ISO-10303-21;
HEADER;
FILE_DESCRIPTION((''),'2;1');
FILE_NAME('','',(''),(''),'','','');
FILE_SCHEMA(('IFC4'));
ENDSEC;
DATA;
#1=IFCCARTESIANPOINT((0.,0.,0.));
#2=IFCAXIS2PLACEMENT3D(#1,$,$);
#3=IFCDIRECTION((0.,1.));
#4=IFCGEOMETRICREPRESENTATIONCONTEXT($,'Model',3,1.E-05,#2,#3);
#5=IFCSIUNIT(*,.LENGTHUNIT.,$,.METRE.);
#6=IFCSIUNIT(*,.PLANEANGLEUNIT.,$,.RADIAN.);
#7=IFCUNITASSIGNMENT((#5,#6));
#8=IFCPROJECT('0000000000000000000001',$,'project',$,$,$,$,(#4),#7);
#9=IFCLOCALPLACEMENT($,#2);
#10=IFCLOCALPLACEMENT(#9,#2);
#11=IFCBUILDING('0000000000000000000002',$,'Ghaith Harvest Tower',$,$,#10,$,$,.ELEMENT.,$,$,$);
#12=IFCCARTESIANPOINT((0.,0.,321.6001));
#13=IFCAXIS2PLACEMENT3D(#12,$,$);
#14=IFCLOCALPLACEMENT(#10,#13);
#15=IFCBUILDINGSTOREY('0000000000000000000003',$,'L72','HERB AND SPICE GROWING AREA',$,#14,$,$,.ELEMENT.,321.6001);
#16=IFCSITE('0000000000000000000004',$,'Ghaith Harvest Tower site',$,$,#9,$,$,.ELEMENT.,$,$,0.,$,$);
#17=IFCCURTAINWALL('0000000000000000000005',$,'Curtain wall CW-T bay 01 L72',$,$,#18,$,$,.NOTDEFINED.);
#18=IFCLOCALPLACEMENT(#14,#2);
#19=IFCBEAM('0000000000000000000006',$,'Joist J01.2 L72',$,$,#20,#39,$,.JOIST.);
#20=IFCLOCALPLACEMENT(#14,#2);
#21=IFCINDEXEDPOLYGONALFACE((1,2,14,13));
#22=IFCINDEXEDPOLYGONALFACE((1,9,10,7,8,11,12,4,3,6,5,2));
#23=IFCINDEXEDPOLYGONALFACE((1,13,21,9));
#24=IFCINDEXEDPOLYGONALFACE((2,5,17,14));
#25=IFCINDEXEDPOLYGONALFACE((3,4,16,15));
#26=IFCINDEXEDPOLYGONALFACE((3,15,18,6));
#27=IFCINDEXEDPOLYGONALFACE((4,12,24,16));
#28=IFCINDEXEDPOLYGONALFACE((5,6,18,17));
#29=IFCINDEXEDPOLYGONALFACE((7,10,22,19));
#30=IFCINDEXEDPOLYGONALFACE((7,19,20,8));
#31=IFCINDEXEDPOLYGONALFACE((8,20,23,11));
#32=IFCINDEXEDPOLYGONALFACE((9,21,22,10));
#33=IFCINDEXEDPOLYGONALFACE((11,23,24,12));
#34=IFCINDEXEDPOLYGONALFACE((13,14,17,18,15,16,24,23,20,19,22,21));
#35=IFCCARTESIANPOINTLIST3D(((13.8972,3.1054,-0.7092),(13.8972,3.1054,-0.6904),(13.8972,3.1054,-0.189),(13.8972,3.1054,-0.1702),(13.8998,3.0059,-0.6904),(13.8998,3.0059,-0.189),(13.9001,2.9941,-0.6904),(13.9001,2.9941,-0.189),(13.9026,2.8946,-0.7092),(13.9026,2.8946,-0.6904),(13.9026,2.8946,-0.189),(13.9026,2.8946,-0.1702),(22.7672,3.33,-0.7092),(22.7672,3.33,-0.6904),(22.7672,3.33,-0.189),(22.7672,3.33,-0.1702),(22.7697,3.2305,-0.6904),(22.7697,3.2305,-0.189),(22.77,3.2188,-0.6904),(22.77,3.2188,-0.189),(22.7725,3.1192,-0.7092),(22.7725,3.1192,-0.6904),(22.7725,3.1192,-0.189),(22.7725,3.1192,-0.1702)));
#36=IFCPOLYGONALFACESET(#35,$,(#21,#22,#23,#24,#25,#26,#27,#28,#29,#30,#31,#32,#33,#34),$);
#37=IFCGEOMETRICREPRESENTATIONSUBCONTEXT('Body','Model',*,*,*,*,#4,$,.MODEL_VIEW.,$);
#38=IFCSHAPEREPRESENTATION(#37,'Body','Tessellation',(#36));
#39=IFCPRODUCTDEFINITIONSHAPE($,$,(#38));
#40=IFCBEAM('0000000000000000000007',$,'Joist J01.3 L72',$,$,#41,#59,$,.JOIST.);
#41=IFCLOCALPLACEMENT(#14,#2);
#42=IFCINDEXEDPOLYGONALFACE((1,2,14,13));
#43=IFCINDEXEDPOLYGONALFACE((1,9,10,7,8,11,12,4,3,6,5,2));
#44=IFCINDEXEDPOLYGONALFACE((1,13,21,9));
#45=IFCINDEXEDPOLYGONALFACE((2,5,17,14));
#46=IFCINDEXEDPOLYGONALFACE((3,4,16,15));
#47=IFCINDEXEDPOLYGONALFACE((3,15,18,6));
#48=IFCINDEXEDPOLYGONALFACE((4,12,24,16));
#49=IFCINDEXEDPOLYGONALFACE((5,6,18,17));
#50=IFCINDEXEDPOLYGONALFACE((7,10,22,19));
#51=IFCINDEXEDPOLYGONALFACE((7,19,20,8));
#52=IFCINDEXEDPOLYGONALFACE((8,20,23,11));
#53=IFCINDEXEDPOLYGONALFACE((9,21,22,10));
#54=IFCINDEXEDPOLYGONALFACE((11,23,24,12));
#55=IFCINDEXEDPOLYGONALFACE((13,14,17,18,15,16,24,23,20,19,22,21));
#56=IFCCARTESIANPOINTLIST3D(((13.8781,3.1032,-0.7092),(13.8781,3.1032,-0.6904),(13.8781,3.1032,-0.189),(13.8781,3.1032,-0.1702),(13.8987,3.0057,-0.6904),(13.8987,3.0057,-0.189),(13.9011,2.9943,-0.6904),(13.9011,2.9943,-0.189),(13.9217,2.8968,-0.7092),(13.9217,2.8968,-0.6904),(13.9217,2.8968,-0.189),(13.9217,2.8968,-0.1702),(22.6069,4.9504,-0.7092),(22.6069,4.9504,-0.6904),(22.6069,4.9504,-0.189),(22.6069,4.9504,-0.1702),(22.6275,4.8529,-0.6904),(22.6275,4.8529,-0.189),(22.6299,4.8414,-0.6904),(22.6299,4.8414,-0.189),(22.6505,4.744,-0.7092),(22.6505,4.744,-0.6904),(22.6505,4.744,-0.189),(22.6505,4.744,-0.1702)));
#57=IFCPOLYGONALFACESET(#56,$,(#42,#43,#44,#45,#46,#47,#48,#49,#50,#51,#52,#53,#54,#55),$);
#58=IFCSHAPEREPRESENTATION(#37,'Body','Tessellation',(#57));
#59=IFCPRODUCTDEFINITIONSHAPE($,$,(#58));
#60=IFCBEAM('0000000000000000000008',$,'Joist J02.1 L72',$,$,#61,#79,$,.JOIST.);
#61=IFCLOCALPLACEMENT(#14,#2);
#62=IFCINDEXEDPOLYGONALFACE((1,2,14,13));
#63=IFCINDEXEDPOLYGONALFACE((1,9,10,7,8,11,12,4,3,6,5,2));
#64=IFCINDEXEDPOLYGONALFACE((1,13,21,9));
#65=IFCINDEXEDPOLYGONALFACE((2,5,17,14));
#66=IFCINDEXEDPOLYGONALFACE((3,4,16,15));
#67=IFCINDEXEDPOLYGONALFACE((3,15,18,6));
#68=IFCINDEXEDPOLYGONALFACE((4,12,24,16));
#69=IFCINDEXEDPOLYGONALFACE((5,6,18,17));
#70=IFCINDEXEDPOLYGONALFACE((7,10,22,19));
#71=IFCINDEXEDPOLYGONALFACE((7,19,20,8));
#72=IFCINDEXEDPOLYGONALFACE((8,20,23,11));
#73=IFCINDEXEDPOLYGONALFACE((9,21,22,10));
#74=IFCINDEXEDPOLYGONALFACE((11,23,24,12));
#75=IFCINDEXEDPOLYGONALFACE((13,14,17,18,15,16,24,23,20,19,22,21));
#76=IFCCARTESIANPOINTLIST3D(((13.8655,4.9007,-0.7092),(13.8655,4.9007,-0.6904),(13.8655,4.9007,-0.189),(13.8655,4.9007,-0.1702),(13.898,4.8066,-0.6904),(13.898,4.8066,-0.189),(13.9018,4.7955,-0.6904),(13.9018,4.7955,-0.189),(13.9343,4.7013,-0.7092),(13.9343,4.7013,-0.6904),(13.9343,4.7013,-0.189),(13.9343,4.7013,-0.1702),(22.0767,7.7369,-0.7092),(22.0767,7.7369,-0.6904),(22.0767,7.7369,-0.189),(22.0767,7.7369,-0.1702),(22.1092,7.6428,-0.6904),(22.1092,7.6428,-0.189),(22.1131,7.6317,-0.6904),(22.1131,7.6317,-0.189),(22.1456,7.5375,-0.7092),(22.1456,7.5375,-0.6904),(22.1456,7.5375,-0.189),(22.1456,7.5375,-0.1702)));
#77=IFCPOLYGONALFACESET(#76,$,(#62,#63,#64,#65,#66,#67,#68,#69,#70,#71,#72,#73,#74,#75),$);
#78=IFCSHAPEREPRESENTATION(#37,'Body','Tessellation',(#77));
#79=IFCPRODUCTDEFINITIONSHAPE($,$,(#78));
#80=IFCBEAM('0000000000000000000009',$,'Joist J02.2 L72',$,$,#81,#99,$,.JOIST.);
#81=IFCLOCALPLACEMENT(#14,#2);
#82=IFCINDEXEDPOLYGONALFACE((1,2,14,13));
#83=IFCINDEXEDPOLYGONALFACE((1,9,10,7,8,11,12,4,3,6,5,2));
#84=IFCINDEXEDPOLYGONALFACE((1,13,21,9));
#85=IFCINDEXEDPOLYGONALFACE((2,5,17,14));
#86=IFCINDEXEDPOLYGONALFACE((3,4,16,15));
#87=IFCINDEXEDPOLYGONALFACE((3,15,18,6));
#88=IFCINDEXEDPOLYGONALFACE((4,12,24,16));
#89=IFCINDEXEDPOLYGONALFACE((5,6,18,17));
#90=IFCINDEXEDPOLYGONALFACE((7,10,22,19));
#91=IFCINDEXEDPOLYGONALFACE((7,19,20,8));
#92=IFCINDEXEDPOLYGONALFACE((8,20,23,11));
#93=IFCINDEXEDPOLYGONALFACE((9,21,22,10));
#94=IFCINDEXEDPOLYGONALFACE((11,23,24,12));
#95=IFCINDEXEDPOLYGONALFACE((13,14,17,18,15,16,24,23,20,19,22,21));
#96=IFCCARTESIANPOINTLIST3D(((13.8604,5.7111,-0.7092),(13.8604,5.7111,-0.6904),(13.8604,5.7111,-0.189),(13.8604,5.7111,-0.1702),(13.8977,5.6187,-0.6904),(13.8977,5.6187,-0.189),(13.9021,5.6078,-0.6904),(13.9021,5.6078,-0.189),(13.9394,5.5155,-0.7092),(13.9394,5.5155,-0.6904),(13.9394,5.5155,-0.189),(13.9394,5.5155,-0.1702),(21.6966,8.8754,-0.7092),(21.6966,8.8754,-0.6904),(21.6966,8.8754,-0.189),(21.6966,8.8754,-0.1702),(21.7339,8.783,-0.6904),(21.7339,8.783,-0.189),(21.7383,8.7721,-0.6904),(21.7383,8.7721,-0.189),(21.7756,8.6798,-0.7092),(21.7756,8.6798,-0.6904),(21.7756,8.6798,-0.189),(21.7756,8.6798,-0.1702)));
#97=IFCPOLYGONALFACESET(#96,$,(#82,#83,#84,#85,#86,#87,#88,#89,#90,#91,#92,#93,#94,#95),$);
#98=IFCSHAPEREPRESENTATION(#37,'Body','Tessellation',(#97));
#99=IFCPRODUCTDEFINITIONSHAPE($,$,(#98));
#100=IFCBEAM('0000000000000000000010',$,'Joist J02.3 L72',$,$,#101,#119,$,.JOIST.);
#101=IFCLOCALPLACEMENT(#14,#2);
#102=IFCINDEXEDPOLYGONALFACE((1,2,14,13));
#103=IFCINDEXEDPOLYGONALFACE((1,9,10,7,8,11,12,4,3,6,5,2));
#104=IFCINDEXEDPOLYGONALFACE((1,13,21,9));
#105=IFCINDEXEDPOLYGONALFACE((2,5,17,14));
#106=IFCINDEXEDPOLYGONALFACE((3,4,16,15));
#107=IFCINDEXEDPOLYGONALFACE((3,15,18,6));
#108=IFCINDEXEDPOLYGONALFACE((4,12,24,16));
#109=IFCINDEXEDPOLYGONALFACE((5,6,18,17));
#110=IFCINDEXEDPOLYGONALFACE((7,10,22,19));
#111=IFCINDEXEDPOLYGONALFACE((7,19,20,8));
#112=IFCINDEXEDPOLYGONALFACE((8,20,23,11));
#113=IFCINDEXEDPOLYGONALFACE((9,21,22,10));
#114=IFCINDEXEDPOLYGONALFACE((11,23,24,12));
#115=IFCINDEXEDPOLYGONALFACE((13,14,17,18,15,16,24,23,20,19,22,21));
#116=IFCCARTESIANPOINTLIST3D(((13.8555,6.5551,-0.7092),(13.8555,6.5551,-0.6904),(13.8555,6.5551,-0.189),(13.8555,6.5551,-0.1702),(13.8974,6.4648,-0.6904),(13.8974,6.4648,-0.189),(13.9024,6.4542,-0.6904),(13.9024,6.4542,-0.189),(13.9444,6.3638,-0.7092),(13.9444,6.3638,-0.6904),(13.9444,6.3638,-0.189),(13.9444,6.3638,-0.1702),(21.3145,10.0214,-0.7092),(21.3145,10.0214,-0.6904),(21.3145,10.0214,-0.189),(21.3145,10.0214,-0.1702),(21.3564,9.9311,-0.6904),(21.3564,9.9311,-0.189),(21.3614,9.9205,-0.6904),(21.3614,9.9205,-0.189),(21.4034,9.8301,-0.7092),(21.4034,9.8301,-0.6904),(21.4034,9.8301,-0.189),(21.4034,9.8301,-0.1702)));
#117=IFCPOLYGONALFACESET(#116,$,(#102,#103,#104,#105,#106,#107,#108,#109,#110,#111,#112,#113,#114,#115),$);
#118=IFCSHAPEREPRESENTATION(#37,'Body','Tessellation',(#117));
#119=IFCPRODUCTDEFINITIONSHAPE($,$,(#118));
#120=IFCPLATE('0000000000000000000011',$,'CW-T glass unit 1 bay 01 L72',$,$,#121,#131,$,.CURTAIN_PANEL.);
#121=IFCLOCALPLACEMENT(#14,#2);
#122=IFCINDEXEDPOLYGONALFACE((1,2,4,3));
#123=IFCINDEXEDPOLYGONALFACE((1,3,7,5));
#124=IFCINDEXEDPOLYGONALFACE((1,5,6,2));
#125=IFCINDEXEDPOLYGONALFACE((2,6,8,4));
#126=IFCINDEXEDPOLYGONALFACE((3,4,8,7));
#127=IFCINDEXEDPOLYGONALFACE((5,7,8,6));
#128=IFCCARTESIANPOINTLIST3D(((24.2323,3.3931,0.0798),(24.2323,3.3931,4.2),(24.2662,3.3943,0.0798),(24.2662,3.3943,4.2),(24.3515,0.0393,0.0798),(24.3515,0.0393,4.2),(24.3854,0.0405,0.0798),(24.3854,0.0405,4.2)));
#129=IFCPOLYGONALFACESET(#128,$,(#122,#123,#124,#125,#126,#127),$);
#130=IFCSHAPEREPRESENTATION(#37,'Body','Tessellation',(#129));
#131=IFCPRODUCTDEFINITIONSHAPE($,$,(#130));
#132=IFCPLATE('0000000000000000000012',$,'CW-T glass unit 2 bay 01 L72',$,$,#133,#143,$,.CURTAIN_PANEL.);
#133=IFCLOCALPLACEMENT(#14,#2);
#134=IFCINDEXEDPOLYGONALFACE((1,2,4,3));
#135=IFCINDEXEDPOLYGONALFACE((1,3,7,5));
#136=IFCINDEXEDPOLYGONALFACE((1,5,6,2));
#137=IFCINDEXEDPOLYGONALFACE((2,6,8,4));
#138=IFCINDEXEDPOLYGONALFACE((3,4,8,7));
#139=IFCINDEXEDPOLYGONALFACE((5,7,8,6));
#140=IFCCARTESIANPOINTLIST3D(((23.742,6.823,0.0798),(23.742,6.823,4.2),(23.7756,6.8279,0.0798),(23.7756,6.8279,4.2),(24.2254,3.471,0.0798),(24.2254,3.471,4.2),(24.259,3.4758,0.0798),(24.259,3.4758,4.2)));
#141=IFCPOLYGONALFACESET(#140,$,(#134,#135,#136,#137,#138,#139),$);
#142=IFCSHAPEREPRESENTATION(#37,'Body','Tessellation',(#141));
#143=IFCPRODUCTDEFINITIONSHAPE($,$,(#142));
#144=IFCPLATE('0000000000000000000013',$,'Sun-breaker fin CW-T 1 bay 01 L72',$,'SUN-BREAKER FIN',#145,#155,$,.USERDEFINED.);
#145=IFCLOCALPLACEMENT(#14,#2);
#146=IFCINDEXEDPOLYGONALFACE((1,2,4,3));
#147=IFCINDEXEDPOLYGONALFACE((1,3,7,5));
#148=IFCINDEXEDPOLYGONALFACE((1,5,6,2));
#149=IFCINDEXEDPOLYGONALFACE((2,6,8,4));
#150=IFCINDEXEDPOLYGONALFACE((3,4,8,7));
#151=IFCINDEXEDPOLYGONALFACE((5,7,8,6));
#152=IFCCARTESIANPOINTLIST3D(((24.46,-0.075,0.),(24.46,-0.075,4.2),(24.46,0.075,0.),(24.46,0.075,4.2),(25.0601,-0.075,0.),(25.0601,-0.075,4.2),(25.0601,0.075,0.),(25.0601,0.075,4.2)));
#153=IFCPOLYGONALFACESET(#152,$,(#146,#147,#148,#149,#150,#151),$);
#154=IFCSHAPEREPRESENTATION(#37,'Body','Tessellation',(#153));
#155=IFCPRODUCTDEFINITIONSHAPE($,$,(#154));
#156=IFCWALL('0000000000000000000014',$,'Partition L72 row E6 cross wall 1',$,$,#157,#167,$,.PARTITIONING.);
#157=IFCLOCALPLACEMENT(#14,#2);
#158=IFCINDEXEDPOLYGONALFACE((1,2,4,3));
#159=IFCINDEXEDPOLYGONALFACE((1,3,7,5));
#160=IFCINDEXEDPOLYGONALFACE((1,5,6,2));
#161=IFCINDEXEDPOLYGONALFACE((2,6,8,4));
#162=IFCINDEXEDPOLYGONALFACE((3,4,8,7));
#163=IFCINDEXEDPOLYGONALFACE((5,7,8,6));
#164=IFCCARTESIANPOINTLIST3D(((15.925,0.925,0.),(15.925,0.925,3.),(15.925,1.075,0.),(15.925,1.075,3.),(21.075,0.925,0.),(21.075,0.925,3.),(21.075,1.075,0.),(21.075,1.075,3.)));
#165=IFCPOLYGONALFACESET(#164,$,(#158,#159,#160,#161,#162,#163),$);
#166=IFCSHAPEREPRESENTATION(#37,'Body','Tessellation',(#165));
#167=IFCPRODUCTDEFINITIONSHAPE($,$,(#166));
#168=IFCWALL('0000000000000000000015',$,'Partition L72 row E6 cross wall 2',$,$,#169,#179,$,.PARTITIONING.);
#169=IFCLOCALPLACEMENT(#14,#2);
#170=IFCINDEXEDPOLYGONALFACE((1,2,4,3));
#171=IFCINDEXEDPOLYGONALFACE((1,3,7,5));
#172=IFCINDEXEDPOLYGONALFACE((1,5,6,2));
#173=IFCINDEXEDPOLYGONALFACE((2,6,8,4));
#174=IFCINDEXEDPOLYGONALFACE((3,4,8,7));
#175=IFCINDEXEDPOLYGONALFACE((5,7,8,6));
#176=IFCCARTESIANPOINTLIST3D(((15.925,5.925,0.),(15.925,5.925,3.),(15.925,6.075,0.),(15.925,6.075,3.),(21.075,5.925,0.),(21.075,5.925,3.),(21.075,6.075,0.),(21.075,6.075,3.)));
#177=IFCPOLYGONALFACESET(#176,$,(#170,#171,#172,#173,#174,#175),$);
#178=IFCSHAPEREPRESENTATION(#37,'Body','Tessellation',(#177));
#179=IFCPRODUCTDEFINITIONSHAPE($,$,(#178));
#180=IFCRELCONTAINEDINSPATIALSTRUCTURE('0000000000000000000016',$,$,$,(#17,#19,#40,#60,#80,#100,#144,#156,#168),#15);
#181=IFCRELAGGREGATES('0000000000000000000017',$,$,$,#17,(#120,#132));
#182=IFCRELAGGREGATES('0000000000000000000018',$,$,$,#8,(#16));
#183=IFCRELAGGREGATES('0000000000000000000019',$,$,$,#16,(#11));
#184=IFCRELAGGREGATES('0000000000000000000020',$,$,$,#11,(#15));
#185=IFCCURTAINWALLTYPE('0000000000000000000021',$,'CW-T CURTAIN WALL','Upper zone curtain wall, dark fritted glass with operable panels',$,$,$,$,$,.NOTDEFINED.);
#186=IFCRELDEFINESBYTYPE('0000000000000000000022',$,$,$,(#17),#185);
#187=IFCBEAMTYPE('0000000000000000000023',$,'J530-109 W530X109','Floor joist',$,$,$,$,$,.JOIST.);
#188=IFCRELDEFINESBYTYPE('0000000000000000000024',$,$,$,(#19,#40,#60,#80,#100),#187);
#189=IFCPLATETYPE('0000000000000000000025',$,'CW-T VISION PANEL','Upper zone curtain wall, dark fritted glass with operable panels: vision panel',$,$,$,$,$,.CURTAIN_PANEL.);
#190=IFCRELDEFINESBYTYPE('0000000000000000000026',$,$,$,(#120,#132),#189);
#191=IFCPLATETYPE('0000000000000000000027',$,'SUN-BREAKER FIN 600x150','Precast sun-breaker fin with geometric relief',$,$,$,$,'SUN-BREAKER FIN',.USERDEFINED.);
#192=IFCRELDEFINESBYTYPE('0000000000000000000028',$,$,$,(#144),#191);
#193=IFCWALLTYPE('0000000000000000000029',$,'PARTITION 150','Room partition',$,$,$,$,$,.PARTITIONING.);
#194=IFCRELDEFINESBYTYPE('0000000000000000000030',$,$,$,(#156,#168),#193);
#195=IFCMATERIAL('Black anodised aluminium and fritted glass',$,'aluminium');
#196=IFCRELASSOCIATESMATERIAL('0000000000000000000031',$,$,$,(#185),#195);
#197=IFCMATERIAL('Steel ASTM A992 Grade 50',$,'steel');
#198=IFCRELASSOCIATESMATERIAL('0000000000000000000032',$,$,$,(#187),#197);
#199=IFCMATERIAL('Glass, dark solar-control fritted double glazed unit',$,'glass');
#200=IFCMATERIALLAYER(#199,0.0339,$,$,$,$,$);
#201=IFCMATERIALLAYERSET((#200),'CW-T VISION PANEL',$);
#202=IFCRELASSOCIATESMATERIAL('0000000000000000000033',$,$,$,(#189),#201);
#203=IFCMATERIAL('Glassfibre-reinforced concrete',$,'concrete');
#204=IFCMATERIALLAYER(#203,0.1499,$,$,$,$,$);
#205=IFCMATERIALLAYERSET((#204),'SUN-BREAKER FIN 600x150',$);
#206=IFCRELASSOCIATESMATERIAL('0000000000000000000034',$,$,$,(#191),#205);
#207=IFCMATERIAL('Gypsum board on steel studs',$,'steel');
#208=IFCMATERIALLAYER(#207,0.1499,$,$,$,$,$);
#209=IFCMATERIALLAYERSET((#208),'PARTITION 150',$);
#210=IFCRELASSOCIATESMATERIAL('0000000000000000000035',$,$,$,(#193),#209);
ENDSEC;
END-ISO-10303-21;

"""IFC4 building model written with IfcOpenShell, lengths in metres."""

from ifc_helpers import new_model, si_unit, direction, frame, frame_2d, origin, origin_2d, place, context, subcontext, project, spatial, rectangle, i_section, extrude, material, layer, layer_set, material_profile, profile_set, type_object, element, aggregate, save


model = new_model("IFC4")

# Units and contexts
model_context = context("Model", 3, precision=1e-05, world=origin(), true_north=direction((0.0, 1.0)))
body_context = subcontext(model_context, "Body", "Model", "MODEL_VIEW")
ifc_project = project(units=[si_unit("LENGTHUNIT", "METRE"), si_unit("PLANEANGLEUNIT", "RADIAN")], contexts=[model_context])

# Site, building, storey
site_placement = place(None, origin())
site = spatial("IfcSite", under=ifc_project, at=site_placement, Name="Ghaith Harvest Tower site", CompositionType="ELEMENT", RefElevation=0.0)
building_placement = place(site_placement, origin())
building = spatial("IfcBuilding", under=site, at=building_placement, Name="Ghaith Harvest Tower", CompositionType="ELEMENT")
storey_placement = place(building_placement, frame((0.0, 0.0, 321.6001)))
storey = spatial("IfcBuildingStorey", under=building, at=storey_placement, Name="L72", Description="HERB AND SPICE GROWING AREA", CompositionType="ELEMENT", Elevation=321.6001)

# Curtain wall
ifc_material_1 = material(Name="Black anodised aluminium and fritted glass", Category="aluminium")
curtain_wall_type = type_object("IfcCurtainWallType", Name="CW-T CURTAIN WALL", Description="Upper zone curtain wall, dark fritted glass with operable panels", PredefinedType="NOTDEFINED", material=ifc_material_1)
curtain_wall_1_placement = place(storey_placement, origin())
curtain_wall_1 = element("IfcCurtainWall", 1, at=curtain_wall_1_placement, inside=storey, type_object=curtain_wall_type, Name="Curtain wall CW-T bay 01 L72", PredefinedType="NOTDEFINED")

# Beams
ifc_material_2 = material(Name="Steel ASTM A992 Grade 50", Category="steel")
ifc_material_profile_1 = material_profile(ifc_material_2, i_section(OverallWidth=0.2109, OverallDepth=0.5391, WebThickness=0.0117, FlangeThickness=0.0188, at=origin_2d()), Name="W530X109")
ifc_profile_set_1 = profile_set([ifc_material_profile_1], Name="Steel ASTM A992 Grade 50")
beam_type_1 = type_object("IfcBeamType", Name="J530-109 W530X109", Description="Floor joist", PredefinedType="JOIST", material=ifc_profile_set_1)
beam_1_placement = place(storey_placement, frame((13.8999, 3.0, -0.4397), z_axis=(0.99968, 0.025315, 0.0), x_axis=(-0.025315, 0.99968, 0.0)))
element("IfcBeam", 2, at=beam_1_placement, inside=storey, type_object=beam_type_1, Name="Joist J01.2 L72", PredefinedType="JOIST", context=body_context, shape_type="SweptSolid", body=[
    extrude(i_section(OverallWidth=0.2109, OverallDepth=0.5391, WebThickness=0.0117, FlangeThickness=0.0188, at=origin_2d()), origin(), (0.0, 0.0, 1.0), 8.8728),
])
beam_2_placement = place(storey_placement, frame((13.8999, 3.0, -0.4397), z_axis=(0.978334, 0.207034, 0.0), x_axis=(-0.207034, 0.978334, 0.0)))
element("IfcBeam", 3, at=beam_2_placement, inside=storey, type_object=beam_type_1, Name="Joist J01.3 L72", PredefinedType="JOIST", context=body_context, shape_type="SweptSolid", body=[
    extrude(i_section(OverallWidth=0.2109, OverallDepth=0.5391, WebThickness=0.0117, FlangeThickness=0.0188, at=origin_2d()), origin(), (0.0, 0.0, 1.0), 8.9221),
])
beam_3_placement = place(storey_placement, frame((13.8999, 4.801, -0.4397), z_axis=(0.945205, 0.326478, 0.0), x_axis=(-0.326478, 0.945205, 0.0)))
element("IfcBeam", 4, at=beam_3_placement, inside=storey, type_object=beam_type_1, Name="Joist J02.1 L72", PredefinedType="JOIST", context=body_context, shape_type="SweptSolid", body=[
    extrude(i_section(OverallWidth=0.2109, OverallDepth=0.5391, WebThickness=0.0117, FlangeThickness=0.0188, at=origin_2d()), origin(), (0.0, 0.0, 1.0), 8.6873),
])
beam_4_placement = place(storey_placement, frame((13.8999, 5.6133, -0.4397), z_axis=(0.927254, 0.374432, 0.0), x_axis=(-0.374432, 0.927254, 0.0)))
element("IfcBeam", 5, at=beam_4_placement, inside=storey, type_object=beam_type_1, Name="Joist J02.2 L72", PredefinedType="JOIST", context=body_context, shape_type="SweptSolid", body=[
    extrude(i_section(OverallWidth=0.2109, OverallDepth=0.5391, WebThickness=0.0117, FlangeThickness=0.0188, at=origin_2d()), origin(), (0.0, 0.0, 1.0), 8.4509),
])
beam_5_placement = place(storey_placement, frame((13.8999, 6.4595, -0.4397), z_axis=(0.90686, 0.421432, 0.0), x_axis=(-0.421432, 0.90686, 0.0)))
element("IfcBeam", 6, at=beam_5_placement, inside=storey, type_object=beam_type_1, Name="Joist J02.3 L72", PredefinedType="JOIST", context=body_context, shape_type="SweptSolid", body=[
    extrude(i_section(OverallWidth=0.2109, OverallDepth=0.5391, WebThickness=0.0117, FlangeThickness=0.0188, at=origin_2d()), origin(), (0.0, 0.0, 1.0), 8.2251),
])

# Plates
ifc_material_3 = material(Name="Glass, dark solar-control fritted double glazed unit", Category="glass")
ifc_layer_1 = layer(ifc_material_3, 0.0339)
ifc_layer_set_1 = layer_set([ifc_layer_1], Name="CW-T VISION PANEL")
plate_type_1 = type_object("IfcPlateType", Name="CW-T VISION PANEL", Description="Upper zone curtain wall, dark fritted glass with operable panels: vision panel", PredefinedType="CURTAIN_PANEL", material=ifc_layer_set_1)
plate_1_placement = place(storey_placement, frame((24.3088, 1.7168, 0.0798), z_axis=(0.0, 0.0, 1.0), x_axis=(-0.035536, 0.999368, 0.0)))
plate_1 = element("IfcPlate", 7, at=plate_1_placement, type_object=plate_type_1, Name="CW-T glass unit 1 bay 01 L72", PredefinedType="CURTAIN_PANEL", context=body_context, shape_type="SweptSolid", body=[
    extrude(rectangle(XDim=3.356, YDim=0.0339, at=origin_2d()), origin(), (0.0, 0.0, 1.0), 4.1201),
])
plate_2_placement = place(storey_placement, frame((24.0005, 5.1494, 0.0798), z_axis=(0.0, 0.0, 1.0), x_axis=(-0.14273, 0.989762, 0.0)))
plate_2 = element("IfcPlate", 8, at=plate_2_placement, type_object=plate_type_1, Name="CW-T glass unit 2 bay 01 L72", PredefinedType="CURTAIN_PANEL", context=body_context, shape_type="SweptSolid", body=[
    extrude(rectangle(XDim=3.3867, YDim=0.0339, at=origin_2d()), origin(), (0.0, 0.0, 1.0), 4.1201),
])
aggregate(curtain_wall_1, [plate_1, plate_2])
ifc_material_4 = material(Name="Glassfibre-reinforced concrete", Category="concrete")
ifc_layer_2 = layer(ifc_material_4, 0.1499)
ifc_layer_set_2 = layer_set([ifc_layer_2], Name="SUN-BREAKER FIN 600x150")
plate_type_2 = type_object("IfcPlateType", Name="SUN-BREAKER FIN 600x150", Description="Precast sun-breaker fin with geometric relief", ElementType="SUN-BREAKER FIN", PredefinedType="USERDEFINED", material=ifc_layer_set_2)
plate_3_placement = place(storey_placement, frame((24.76, 0.0, 0.0), z_axis=(0.0, 0.0, 1.0), x_axis=(1.0, 0.0, 0.0)))
element("IfcPlate", 9, at=plate_3_placement, inside=storey, type_object=plate_type_2, Name="Sun-breaker fin CW-T 1 bay 01 L72", ObjectType="SUN-BREAKER FIN", PredefinedType="USERDEFINED", context=body_context, shape_type="SweptSolid", body=[
    extrude(rectangle(XDim=0.6001, YDim=0.1499, at=origin_2d()), origin(), (0.0, 0.0, 1.0), 4.2),
])

# Walls
ifc_material_5 = material(Name="Gypsum board on steel studs", Category="steel")
ifc_layer_3 = layer(ifc_material_5, 0.1499)
ifc_layer_set_3 = layer_set([ifc_layer_3], Name="PARTITION 150")
wall_type = type_object("IfcWallType", Name="PARTITION 150", Description="Room partition", PredefinedType="PARTITIONING", material=ifc_layer_set_3)
for number, where, z_axis, x_axis, name in (
    (10, (15.925, 1.0, 0.0), (0.0, 0.0, 1.0), (1.0, 0.0, 0.0), "Partition L72 row E6 cross wall 1"),
    (11, (15.925, 6.0, 0.0), (0.0, 0.0, 1.0), (1.0, 0.0, 0.0), "Partition L72 row E6 cross wall 2"),
):
    element("IfcWall", number, at=place(storey_placement, frame(where, z_axis=z_axis, x_axis=x_axis)), inside=storey, type_object=wall_type, Name=name, PredefinedType="PARTITIONING", context=body_context, shape_type="SweptSolid", body=[
        extrude(rectangle(XDim=5.1499, YDim=0.1499, at=frame_2d((2.575, 0.0))), origin(), (0.0, 0.0, 1.0), 3.0),
    ])

save(model, "model.ifc")
